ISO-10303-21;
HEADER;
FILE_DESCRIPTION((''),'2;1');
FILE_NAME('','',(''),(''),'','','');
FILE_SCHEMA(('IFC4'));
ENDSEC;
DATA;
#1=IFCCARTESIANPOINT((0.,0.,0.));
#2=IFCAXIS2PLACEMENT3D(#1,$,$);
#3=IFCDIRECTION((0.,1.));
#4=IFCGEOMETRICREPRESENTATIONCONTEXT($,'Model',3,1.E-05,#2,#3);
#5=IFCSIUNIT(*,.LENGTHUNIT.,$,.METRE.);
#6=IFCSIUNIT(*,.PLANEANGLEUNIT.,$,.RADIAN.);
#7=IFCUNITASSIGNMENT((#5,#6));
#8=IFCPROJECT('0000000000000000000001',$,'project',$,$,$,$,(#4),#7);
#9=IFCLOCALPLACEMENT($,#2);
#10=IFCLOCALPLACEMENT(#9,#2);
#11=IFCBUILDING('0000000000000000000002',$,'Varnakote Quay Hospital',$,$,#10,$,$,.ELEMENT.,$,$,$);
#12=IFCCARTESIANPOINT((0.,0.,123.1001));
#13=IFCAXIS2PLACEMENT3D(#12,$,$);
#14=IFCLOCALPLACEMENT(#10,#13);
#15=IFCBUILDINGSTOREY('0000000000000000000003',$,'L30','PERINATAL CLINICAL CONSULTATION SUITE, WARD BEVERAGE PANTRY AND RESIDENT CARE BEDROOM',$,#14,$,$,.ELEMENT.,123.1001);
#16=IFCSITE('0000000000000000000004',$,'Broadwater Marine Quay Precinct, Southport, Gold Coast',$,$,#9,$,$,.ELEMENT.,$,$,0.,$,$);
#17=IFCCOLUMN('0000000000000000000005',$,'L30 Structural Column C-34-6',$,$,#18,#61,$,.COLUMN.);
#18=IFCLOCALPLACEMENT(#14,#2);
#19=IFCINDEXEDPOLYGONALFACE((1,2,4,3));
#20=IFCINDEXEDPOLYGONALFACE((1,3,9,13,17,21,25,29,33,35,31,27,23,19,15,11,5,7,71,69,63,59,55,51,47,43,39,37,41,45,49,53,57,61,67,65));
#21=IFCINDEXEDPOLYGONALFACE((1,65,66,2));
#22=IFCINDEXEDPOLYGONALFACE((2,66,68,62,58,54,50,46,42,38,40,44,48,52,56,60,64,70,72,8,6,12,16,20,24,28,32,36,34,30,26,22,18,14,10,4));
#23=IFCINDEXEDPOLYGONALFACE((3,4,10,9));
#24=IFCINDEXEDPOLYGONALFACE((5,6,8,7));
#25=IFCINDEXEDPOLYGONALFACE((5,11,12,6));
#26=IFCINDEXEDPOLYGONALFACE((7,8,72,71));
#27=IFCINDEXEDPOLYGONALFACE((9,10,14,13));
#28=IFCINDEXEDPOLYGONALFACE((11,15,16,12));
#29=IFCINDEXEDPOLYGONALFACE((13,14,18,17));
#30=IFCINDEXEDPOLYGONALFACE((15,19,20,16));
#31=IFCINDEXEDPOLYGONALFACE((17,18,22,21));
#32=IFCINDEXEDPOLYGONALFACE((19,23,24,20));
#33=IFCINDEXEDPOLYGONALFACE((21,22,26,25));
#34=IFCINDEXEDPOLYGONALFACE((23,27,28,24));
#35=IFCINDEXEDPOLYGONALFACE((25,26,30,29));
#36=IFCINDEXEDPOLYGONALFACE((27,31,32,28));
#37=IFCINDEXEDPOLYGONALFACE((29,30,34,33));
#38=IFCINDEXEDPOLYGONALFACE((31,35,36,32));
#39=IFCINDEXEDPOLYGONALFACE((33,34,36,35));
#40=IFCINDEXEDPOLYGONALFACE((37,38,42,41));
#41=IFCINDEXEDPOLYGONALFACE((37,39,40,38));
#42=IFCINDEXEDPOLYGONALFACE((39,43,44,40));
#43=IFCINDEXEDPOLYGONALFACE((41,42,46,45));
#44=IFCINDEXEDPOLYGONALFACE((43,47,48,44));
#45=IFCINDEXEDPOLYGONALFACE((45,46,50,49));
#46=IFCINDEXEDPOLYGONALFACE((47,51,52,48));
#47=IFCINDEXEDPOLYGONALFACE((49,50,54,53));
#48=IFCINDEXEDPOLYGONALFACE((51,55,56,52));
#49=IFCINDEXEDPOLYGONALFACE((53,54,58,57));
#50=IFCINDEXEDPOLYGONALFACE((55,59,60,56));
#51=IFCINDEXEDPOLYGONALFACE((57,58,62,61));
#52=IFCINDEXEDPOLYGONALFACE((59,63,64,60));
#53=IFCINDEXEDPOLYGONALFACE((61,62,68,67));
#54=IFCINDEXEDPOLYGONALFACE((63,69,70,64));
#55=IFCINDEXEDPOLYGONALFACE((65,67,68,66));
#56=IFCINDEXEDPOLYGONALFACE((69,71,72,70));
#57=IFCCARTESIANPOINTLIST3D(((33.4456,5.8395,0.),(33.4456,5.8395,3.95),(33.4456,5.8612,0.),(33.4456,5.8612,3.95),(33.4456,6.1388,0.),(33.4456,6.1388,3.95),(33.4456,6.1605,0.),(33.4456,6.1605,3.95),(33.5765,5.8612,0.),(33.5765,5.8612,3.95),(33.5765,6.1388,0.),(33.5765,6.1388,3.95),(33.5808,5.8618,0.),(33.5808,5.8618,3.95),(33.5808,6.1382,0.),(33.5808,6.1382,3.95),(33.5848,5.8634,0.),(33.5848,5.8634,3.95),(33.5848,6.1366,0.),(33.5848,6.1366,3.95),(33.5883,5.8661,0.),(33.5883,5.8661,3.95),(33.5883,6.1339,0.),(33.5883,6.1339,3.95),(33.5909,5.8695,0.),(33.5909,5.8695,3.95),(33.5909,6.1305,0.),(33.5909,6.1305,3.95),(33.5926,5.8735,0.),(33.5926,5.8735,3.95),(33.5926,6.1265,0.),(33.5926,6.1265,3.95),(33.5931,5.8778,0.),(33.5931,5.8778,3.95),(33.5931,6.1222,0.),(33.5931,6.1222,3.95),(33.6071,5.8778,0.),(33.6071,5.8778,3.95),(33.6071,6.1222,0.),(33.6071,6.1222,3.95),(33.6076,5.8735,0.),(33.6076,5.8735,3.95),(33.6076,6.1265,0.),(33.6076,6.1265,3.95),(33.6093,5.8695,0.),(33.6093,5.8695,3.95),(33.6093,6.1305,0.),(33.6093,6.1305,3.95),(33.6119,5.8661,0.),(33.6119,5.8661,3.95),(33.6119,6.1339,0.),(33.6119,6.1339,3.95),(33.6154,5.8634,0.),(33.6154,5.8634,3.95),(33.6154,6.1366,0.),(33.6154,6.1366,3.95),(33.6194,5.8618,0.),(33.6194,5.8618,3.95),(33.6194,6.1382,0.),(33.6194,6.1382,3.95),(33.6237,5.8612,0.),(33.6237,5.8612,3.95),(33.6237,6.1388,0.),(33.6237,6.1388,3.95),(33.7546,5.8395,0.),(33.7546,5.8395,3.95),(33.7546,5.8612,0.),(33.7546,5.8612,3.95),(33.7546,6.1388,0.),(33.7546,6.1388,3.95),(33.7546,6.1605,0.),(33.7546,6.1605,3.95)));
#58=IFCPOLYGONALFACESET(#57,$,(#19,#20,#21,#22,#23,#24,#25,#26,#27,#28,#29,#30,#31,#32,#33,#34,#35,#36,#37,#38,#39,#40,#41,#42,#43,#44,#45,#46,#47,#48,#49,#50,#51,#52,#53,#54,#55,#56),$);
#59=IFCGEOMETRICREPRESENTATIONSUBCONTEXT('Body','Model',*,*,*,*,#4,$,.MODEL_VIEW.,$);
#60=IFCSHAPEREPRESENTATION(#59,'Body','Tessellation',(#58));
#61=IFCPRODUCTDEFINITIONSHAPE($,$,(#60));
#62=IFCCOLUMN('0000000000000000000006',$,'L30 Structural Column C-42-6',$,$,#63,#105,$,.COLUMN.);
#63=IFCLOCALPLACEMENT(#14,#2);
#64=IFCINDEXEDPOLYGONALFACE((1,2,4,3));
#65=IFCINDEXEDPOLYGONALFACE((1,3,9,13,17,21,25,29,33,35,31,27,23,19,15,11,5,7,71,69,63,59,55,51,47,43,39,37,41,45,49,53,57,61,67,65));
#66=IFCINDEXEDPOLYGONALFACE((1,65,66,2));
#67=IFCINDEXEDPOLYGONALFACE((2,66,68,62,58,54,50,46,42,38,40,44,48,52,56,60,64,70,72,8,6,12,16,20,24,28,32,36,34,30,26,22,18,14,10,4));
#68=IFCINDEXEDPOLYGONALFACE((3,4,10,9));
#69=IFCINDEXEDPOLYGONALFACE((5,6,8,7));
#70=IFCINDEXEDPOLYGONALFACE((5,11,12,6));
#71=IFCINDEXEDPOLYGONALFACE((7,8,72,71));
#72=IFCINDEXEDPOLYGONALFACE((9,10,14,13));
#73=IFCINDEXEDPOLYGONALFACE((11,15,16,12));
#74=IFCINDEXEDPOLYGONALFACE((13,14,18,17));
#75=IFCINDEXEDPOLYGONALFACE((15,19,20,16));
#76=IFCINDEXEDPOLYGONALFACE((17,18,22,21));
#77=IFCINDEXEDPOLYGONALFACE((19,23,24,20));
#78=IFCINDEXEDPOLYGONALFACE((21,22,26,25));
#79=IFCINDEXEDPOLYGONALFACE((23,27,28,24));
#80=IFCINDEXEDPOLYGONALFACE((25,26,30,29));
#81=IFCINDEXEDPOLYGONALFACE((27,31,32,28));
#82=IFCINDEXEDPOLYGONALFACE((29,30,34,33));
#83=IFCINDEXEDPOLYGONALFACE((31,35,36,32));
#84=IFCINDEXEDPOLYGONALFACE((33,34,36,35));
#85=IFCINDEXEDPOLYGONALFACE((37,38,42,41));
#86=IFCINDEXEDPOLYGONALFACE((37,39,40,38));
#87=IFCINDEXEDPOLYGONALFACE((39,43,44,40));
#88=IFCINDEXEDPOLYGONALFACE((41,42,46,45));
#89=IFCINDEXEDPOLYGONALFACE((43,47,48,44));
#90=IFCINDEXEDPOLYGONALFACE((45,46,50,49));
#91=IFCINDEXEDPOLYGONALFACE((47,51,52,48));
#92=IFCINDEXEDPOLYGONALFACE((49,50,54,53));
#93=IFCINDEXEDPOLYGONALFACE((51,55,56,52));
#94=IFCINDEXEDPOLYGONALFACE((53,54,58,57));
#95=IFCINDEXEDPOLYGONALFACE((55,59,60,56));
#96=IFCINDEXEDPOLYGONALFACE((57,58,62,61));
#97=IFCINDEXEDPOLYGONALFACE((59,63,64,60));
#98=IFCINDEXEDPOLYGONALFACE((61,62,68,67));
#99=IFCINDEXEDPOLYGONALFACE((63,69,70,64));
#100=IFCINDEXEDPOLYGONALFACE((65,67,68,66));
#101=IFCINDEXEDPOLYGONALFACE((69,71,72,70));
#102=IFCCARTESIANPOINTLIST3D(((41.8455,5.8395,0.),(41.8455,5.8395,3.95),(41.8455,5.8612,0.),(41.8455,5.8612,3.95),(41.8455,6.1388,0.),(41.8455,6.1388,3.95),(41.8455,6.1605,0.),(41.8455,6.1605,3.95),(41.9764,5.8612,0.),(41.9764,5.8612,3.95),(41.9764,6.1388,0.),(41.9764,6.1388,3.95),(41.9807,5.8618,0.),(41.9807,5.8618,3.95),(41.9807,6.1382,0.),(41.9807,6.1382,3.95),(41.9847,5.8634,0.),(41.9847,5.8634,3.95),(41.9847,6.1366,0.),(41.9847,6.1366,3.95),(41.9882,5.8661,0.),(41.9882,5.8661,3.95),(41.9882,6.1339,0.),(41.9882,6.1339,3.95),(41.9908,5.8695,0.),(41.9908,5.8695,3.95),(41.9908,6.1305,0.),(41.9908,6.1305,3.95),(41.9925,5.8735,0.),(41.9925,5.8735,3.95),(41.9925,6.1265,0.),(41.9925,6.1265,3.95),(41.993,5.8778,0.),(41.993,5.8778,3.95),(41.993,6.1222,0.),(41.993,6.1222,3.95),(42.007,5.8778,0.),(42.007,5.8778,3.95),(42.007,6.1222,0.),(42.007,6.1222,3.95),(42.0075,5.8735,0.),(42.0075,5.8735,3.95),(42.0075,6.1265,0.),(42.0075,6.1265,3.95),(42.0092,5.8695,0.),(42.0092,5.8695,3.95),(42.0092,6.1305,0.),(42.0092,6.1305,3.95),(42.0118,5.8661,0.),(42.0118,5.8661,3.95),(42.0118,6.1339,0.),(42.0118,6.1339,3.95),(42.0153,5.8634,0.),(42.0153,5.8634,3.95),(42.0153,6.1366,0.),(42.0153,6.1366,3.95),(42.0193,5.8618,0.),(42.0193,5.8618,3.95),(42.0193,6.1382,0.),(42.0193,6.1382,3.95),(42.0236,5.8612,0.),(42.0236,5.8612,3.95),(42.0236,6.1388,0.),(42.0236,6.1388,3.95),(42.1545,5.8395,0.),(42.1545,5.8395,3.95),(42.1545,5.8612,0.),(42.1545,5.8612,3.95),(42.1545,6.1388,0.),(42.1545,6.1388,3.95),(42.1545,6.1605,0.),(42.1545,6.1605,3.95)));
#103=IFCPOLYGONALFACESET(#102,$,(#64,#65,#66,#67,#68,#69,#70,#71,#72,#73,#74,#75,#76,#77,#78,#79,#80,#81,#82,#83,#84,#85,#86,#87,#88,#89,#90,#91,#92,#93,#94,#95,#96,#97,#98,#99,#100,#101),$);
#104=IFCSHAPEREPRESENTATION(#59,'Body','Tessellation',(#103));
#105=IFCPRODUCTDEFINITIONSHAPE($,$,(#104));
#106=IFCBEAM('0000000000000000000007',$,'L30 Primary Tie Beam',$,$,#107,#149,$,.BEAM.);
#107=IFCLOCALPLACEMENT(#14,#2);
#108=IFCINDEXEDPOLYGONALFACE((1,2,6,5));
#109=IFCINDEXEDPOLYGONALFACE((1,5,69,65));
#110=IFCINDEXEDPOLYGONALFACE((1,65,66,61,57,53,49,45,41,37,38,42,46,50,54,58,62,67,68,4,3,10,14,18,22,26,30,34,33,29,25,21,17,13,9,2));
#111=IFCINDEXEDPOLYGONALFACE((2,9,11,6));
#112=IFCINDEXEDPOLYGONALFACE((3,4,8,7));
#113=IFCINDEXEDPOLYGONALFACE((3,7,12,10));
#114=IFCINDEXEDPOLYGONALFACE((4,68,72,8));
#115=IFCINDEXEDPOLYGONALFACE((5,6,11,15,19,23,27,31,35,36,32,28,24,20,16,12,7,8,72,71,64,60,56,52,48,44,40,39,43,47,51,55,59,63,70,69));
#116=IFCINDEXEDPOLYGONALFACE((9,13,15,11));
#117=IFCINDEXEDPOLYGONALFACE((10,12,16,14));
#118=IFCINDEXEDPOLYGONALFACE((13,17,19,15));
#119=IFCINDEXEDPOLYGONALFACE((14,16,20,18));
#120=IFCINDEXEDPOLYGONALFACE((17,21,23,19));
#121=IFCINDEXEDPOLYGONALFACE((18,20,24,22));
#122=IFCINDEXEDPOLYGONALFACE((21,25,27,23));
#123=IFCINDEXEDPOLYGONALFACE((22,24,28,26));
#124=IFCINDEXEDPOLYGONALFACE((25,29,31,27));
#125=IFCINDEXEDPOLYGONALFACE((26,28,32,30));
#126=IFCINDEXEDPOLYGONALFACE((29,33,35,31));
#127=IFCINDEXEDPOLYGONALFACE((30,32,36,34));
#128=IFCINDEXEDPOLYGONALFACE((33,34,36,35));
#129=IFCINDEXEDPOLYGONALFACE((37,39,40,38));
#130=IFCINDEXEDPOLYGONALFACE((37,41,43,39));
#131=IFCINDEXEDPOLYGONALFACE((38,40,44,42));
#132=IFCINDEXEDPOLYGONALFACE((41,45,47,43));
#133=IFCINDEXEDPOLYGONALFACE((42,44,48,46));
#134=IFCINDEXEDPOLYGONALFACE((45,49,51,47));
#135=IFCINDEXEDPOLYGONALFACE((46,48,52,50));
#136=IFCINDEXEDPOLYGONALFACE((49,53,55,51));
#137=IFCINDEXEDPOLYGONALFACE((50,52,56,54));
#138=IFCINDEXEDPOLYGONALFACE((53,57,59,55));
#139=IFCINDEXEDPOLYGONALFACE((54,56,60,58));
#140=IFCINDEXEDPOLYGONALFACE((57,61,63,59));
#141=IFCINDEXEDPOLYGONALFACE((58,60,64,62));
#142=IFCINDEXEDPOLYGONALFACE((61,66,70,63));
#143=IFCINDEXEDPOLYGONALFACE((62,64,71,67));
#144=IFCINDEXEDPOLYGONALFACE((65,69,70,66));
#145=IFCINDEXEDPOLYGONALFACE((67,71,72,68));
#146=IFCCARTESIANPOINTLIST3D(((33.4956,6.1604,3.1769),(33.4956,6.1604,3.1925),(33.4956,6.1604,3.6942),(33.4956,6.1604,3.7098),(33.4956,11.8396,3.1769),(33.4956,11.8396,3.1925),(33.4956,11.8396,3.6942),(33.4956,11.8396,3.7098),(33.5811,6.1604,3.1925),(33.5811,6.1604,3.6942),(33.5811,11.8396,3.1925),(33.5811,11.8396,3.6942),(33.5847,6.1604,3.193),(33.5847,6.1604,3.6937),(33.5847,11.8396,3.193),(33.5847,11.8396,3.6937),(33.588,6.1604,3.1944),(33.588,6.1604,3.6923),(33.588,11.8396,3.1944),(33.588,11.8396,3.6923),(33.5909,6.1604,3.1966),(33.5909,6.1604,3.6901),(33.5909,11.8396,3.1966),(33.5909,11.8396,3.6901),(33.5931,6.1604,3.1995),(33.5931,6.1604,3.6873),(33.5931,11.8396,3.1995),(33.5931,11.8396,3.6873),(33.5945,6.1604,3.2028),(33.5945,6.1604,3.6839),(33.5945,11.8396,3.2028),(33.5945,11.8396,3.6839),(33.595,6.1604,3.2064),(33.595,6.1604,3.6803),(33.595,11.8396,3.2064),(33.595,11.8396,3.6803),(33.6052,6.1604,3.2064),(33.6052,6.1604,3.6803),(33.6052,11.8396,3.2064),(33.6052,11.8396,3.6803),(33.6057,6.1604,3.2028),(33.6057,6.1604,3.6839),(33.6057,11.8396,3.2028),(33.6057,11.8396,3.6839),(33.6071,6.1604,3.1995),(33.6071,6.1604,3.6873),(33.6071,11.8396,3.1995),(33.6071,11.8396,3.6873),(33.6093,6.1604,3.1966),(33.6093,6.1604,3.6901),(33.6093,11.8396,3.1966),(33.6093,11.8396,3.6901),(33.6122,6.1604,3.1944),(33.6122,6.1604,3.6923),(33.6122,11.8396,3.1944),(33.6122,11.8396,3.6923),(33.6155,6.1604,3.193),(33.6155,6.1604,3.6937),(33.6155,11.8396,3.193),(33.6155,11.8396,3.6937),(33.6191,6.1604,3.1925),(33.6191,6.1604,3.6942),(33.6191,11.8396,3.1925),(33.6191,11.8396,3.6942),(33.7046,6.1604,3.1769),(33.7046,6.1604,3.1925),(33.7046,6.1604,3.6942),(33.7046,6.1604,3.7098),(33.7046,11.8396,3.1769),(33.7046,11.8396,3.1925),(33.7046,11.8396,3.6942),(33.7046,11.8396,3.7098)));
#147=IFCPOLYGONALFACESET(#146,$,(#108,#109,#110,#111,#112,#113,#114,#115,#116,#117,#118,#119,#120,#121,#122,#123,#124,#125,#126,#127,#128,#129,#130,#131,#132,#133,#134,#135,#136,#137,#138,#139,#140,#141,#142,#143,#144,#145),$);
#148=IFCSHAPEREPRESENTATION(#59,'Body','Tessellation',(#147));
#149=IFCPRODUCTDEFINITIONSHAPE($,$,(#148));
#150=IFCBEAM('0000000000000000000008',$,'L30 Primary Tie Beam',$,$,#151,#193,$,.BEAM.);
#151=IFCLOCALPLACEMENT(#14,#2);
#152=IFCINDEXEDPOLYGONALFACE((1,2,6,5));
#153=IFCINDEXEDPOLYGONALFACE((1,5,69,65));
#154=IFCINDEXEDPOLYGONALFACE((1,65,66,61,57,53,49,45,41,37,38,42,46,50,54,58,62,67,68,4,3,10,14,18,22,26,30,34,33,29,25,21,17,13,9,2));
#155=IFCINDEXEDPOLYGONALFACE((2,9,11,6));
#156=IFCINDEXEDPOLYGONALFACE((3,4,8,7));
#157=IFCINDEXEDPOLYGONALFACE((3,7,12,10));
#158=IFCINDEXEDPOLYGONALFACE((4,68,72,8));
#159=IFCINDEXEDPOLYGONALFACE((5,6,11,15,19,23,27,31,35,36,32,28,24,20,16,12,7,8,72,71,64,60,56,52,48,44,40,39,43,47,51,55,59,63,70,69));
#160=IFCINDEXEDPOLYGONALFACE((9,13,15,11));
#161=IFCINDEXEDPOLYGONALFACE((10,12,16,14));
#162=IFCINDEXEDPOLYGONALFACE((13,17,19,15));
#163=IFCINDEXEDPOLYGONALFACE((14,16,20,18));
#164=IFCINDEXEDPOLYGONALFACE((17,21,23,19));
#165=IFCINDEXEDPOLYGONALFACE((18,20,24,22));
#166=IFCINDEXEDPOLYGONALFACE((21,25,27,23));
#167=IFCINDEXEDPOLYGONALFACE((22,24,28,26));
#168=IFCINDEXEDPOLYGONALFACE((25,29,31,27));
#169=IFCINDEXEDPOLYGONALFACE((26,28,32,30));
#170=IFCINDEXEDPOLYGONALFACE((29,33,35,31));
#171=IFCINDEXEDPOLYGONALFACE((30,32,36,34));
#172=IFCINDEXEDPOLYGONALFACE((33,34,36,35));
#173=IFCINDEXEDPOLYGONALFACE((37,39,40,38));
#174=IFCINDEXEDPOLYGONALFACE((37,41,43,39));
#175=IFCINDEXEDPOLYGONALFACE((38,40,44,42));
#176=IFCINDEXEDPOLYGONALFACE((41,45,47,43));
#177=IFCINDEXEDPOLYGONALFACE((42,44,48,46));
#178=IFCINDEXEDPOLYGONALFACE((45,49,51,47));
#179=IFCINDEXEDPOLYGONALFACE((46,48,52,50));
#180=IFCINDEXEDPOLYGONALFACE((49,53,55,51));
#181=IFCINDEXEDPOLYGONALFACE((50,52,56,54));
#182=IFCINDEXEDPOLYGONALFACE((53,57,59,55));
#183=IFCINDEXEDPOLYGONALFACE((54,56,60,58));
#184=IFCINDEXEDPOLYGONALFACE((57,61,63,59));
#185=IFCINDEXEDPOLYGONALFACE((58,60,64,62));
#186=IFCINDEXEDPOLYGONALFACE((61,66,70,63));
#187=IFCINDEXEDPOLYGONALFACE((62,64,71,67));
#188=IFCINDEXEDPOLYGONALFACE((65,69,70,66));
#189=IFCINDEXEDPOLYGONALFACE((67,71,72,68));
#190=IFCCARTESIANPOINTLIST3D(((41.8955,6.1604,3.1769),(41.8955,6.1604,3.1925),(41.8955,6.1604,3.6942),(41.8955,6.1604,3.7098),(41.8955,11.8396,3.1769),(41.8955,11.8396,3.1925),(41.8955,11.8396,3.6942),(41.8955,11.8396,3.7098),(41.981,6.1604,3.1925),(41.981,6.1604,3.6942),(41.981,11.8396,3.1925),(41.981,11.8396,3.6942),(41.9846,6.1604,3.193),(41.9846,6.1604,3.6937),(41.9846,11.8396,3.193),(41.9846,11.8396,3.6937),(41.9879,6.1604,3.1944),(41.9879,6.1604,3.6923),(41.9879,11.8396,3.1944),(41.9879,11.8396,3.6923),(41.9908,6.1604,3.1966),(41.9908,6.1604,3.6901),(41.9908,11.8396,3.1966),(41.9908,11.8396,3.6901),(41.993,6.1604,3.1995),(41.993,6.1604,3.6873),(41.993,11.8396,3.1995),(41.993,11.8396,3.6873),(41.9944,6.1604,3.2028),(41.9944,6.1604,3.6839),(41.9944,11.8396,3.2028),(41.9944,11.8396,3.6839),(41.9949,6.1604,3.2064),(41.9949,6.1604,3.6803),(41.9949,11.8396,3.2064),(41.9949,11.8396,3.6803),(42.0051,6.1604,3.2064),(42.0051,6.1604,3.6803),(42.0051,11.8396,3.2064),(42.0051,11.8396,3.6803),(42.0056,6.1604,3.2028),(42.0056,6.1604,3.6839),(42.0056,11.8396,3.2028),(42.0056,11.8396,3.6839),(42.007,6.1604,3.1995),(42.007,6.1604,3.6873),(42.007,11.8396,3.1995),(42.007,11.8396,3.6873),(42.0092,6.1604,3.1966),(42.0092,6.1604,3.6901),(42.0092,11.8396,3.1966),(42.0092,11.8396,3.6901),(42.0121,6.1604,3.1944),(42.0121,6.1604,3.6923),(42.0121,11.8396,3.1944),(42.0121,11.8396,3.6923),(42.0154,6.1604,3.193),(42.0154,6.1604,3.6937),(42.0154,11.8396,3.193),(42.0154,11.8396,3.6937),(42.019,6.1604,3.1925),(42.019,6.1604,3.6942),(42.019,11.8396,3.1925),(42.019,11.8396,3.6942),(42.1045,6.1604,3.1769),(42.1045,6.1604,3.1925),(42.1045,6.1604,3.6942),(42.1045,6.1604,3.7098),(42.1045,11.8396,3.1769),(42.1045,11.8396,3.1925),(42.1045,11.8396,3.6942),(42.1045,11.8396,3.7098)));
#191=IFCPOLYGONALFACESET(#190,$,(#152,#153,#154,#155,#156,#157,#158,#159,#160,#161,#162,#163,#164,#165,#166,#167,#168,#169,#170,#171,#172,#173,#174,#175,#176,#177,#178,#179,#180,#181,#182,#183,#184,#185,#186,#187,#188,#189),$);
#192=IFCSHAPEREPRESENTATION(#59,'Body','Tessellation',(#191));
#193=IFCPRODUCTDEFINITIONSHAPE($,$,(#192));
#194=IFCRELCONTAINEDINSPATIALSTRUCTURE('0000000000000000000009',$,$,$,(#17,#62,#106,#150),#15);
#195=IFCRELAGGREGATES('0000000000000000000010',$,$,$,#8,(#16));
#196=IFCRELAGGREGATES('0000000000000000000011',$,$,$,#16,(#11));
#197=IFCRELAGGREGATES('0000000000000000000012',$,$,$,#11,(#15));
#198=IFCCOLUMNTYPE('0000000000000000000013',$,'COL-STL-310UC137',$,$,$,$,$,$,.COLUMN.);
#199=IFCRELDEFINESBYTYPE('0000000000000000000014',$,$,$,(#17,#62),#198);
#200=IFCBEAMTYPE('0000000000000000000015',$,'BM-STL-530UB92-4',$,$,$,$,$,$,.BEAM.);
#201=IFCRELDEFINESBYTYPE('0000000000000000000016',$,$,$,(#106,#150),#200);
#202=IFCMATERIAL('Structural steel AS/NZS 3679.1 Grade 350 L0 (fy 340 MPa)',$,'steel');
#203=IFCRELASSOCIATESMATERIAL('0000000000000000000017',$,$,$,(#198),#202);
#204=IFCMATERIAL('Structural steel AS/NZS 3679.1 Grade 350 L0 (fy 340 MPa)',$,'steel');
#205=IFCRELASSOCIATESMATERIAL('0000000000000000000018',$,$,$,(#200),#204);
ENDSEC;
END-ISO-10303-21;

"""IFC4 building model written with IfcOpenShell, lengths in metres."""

from ifc_helpers import new_model, si_unit, direction, frame, origin, origin_2d, place, context, subcontext, project, spatial, i_section, extrude, material, material_profile, profile_set, type_object, element, save


model = new_model("IFC4")

# Units and contexts
model_context = context("Model", 3, precision=1e-05, world=origin(), true_north=direction((0.0, 1.0)))
body_context = subcontext(model_context, "Body", "Model", "MODEL_VIEW")
ifc_project = project(units=[si_unit("LENGTHUNIT", "METRE"), si_unit("PLANEANGLEUNIT", "RADIAN")], contexts=[model_context])

# Site, building, storey
site_placement = place(None, origin())
site = spatial("IfcSite", under=ifc_project, at=site_placement, Name="Broadwater Marine Quay Precinct, Southport, Gold Coast", CompositionType="ELEMENT", RefElevation=0.0)
building_placement = place(site_placement, origin())
building = spatial("IfcBuilding", under=site, at=building_placement, Name="Varnakote Quay Hospital", CompositionType="ELEMENT")
storey_placement = place(building_placement, frame((0.0, 0.0, 123.1001)))
storey = spatial("IfcBuildingStorey", under=building, at=storey_placement, Name="L30", Description="PERINATAL CLINICAL CONSULTATION SUITE, WARD BEVERAGE PANTRY AND RESIDENT CARE BEDROOM", CompositionType="ELEMENT", Elevation=123.1001)

# Columns
ifc_material_1 = material(Name="Structural steel AS/NZS 3679.1 Grade 350 L0 (fy 340 MPa)", Category="steel")
ifc_material_profile_1 = material_profile(ifc_material_1, i_section(OverallWidth=0.3091, OverallDepth=0.321, WebThickness=0.0139, FlangeThickness=0.0217, FilletRadius=0.0166, at=origin_2d()), Name="310UC137")
ifc_profile_set_1 = profile_set([ifc_material_profile_1], Name="Structural steel AS/NZS 3679.1 Grade 350 L0 (fy 340 MPa)")
column_type = type_object("IfcColumnType", Name="COL-STL-310UC137", PredefinedType="COLUMN", material=ifc_profile_set_1)
for number, where, z_axis, x_axis, name in (
    (1, (33.6001, 6.0, 0.0), (0.0, 0.0, 1.0), (1.0, 0.0, 0.0), "L30 Structural Column C-34-6"),
    (2, (42.0, 6.0, 0.0), (0.0, 0.0, 1.0), (1.0, 0.0, 0.0), "L30 Structural Column C-42-6"),
):
    element("IfcColumn", number, at=place(storey_placement, frame(where, z_axis=z_axis, x_axis=x_axis)), inside=storey, type_object=column_type, Name=name, PredefinedType="COLUMN", context=body_context, shape_type="SweptSolid", body=[
        extrude(i_section(OverallWidth=0.3091, OverallDepth=0.321, WebThickness=0.0139, FlangeThickness=0.0217, FilletRadius=0.0166, at=origin_2d()), origin(), (0.0, 0.0, 1.0), 3.95),
    ])

# Beams
ifc_material_2 = material(Name="Structural steel AS/NZS 3679.1 Grade 350 L0 (fy 340 MPa)", Category="steel")
ifc_material_profile_2 = material_profile(ifc_material_2, i_section(OverallWidth=0.209, OverallDepth=0.533, WebThickness=0.0103, FlangeThickness=0.0156, FilletRadius=0.0139, at=origin_2d()), Name="530UB92.4")
ifc_profile_set_2 = profile_set([ifc_material_profile_2], Name="Structural steel AS/NZS 3679.1 Grade 350 L0 (fy 340 MPa)")
beam_type_1 = type_object("IfcBeamType", Name="BM-STL-530UB92-4", PredefinedType="BEAM", material=ifc_profile_set_2)
for number, where, z_axis, x_axis, name in (
    (3, (33.6001, 6.1604, 3.4434), (0.0, 1.0, 0.0), (-1.0, 0.0, 0.0), "L30 Primary Tie Beam"),
    (4, (42.0, 6.1604, 3.4434), (0.0, 1.0, 0.0), (-1.0, 0.0, 0.0), "L30 Primary Tie Beam"),
):
    element("IfcBeam", number, at=place(storey_placement, frame(where, z_axis=z_axis, x_axis=x_axis)), inside=storey, type_object=beam_type_1, Name=name, PredefinedType="BEAM", context=body_context, shape_type="SweptSolid", body=[
        extrude(i_section(OverallWidth=0.209, OverallDepth=0.533, WebThickness=0.0103, FlangeThickness=0.0156, FilletRadius=0.0139, at=origin_2d()), origin(), (0.0, 0.0, 1.0), 5.6792),
    ])

save(model, "model.ifc")
